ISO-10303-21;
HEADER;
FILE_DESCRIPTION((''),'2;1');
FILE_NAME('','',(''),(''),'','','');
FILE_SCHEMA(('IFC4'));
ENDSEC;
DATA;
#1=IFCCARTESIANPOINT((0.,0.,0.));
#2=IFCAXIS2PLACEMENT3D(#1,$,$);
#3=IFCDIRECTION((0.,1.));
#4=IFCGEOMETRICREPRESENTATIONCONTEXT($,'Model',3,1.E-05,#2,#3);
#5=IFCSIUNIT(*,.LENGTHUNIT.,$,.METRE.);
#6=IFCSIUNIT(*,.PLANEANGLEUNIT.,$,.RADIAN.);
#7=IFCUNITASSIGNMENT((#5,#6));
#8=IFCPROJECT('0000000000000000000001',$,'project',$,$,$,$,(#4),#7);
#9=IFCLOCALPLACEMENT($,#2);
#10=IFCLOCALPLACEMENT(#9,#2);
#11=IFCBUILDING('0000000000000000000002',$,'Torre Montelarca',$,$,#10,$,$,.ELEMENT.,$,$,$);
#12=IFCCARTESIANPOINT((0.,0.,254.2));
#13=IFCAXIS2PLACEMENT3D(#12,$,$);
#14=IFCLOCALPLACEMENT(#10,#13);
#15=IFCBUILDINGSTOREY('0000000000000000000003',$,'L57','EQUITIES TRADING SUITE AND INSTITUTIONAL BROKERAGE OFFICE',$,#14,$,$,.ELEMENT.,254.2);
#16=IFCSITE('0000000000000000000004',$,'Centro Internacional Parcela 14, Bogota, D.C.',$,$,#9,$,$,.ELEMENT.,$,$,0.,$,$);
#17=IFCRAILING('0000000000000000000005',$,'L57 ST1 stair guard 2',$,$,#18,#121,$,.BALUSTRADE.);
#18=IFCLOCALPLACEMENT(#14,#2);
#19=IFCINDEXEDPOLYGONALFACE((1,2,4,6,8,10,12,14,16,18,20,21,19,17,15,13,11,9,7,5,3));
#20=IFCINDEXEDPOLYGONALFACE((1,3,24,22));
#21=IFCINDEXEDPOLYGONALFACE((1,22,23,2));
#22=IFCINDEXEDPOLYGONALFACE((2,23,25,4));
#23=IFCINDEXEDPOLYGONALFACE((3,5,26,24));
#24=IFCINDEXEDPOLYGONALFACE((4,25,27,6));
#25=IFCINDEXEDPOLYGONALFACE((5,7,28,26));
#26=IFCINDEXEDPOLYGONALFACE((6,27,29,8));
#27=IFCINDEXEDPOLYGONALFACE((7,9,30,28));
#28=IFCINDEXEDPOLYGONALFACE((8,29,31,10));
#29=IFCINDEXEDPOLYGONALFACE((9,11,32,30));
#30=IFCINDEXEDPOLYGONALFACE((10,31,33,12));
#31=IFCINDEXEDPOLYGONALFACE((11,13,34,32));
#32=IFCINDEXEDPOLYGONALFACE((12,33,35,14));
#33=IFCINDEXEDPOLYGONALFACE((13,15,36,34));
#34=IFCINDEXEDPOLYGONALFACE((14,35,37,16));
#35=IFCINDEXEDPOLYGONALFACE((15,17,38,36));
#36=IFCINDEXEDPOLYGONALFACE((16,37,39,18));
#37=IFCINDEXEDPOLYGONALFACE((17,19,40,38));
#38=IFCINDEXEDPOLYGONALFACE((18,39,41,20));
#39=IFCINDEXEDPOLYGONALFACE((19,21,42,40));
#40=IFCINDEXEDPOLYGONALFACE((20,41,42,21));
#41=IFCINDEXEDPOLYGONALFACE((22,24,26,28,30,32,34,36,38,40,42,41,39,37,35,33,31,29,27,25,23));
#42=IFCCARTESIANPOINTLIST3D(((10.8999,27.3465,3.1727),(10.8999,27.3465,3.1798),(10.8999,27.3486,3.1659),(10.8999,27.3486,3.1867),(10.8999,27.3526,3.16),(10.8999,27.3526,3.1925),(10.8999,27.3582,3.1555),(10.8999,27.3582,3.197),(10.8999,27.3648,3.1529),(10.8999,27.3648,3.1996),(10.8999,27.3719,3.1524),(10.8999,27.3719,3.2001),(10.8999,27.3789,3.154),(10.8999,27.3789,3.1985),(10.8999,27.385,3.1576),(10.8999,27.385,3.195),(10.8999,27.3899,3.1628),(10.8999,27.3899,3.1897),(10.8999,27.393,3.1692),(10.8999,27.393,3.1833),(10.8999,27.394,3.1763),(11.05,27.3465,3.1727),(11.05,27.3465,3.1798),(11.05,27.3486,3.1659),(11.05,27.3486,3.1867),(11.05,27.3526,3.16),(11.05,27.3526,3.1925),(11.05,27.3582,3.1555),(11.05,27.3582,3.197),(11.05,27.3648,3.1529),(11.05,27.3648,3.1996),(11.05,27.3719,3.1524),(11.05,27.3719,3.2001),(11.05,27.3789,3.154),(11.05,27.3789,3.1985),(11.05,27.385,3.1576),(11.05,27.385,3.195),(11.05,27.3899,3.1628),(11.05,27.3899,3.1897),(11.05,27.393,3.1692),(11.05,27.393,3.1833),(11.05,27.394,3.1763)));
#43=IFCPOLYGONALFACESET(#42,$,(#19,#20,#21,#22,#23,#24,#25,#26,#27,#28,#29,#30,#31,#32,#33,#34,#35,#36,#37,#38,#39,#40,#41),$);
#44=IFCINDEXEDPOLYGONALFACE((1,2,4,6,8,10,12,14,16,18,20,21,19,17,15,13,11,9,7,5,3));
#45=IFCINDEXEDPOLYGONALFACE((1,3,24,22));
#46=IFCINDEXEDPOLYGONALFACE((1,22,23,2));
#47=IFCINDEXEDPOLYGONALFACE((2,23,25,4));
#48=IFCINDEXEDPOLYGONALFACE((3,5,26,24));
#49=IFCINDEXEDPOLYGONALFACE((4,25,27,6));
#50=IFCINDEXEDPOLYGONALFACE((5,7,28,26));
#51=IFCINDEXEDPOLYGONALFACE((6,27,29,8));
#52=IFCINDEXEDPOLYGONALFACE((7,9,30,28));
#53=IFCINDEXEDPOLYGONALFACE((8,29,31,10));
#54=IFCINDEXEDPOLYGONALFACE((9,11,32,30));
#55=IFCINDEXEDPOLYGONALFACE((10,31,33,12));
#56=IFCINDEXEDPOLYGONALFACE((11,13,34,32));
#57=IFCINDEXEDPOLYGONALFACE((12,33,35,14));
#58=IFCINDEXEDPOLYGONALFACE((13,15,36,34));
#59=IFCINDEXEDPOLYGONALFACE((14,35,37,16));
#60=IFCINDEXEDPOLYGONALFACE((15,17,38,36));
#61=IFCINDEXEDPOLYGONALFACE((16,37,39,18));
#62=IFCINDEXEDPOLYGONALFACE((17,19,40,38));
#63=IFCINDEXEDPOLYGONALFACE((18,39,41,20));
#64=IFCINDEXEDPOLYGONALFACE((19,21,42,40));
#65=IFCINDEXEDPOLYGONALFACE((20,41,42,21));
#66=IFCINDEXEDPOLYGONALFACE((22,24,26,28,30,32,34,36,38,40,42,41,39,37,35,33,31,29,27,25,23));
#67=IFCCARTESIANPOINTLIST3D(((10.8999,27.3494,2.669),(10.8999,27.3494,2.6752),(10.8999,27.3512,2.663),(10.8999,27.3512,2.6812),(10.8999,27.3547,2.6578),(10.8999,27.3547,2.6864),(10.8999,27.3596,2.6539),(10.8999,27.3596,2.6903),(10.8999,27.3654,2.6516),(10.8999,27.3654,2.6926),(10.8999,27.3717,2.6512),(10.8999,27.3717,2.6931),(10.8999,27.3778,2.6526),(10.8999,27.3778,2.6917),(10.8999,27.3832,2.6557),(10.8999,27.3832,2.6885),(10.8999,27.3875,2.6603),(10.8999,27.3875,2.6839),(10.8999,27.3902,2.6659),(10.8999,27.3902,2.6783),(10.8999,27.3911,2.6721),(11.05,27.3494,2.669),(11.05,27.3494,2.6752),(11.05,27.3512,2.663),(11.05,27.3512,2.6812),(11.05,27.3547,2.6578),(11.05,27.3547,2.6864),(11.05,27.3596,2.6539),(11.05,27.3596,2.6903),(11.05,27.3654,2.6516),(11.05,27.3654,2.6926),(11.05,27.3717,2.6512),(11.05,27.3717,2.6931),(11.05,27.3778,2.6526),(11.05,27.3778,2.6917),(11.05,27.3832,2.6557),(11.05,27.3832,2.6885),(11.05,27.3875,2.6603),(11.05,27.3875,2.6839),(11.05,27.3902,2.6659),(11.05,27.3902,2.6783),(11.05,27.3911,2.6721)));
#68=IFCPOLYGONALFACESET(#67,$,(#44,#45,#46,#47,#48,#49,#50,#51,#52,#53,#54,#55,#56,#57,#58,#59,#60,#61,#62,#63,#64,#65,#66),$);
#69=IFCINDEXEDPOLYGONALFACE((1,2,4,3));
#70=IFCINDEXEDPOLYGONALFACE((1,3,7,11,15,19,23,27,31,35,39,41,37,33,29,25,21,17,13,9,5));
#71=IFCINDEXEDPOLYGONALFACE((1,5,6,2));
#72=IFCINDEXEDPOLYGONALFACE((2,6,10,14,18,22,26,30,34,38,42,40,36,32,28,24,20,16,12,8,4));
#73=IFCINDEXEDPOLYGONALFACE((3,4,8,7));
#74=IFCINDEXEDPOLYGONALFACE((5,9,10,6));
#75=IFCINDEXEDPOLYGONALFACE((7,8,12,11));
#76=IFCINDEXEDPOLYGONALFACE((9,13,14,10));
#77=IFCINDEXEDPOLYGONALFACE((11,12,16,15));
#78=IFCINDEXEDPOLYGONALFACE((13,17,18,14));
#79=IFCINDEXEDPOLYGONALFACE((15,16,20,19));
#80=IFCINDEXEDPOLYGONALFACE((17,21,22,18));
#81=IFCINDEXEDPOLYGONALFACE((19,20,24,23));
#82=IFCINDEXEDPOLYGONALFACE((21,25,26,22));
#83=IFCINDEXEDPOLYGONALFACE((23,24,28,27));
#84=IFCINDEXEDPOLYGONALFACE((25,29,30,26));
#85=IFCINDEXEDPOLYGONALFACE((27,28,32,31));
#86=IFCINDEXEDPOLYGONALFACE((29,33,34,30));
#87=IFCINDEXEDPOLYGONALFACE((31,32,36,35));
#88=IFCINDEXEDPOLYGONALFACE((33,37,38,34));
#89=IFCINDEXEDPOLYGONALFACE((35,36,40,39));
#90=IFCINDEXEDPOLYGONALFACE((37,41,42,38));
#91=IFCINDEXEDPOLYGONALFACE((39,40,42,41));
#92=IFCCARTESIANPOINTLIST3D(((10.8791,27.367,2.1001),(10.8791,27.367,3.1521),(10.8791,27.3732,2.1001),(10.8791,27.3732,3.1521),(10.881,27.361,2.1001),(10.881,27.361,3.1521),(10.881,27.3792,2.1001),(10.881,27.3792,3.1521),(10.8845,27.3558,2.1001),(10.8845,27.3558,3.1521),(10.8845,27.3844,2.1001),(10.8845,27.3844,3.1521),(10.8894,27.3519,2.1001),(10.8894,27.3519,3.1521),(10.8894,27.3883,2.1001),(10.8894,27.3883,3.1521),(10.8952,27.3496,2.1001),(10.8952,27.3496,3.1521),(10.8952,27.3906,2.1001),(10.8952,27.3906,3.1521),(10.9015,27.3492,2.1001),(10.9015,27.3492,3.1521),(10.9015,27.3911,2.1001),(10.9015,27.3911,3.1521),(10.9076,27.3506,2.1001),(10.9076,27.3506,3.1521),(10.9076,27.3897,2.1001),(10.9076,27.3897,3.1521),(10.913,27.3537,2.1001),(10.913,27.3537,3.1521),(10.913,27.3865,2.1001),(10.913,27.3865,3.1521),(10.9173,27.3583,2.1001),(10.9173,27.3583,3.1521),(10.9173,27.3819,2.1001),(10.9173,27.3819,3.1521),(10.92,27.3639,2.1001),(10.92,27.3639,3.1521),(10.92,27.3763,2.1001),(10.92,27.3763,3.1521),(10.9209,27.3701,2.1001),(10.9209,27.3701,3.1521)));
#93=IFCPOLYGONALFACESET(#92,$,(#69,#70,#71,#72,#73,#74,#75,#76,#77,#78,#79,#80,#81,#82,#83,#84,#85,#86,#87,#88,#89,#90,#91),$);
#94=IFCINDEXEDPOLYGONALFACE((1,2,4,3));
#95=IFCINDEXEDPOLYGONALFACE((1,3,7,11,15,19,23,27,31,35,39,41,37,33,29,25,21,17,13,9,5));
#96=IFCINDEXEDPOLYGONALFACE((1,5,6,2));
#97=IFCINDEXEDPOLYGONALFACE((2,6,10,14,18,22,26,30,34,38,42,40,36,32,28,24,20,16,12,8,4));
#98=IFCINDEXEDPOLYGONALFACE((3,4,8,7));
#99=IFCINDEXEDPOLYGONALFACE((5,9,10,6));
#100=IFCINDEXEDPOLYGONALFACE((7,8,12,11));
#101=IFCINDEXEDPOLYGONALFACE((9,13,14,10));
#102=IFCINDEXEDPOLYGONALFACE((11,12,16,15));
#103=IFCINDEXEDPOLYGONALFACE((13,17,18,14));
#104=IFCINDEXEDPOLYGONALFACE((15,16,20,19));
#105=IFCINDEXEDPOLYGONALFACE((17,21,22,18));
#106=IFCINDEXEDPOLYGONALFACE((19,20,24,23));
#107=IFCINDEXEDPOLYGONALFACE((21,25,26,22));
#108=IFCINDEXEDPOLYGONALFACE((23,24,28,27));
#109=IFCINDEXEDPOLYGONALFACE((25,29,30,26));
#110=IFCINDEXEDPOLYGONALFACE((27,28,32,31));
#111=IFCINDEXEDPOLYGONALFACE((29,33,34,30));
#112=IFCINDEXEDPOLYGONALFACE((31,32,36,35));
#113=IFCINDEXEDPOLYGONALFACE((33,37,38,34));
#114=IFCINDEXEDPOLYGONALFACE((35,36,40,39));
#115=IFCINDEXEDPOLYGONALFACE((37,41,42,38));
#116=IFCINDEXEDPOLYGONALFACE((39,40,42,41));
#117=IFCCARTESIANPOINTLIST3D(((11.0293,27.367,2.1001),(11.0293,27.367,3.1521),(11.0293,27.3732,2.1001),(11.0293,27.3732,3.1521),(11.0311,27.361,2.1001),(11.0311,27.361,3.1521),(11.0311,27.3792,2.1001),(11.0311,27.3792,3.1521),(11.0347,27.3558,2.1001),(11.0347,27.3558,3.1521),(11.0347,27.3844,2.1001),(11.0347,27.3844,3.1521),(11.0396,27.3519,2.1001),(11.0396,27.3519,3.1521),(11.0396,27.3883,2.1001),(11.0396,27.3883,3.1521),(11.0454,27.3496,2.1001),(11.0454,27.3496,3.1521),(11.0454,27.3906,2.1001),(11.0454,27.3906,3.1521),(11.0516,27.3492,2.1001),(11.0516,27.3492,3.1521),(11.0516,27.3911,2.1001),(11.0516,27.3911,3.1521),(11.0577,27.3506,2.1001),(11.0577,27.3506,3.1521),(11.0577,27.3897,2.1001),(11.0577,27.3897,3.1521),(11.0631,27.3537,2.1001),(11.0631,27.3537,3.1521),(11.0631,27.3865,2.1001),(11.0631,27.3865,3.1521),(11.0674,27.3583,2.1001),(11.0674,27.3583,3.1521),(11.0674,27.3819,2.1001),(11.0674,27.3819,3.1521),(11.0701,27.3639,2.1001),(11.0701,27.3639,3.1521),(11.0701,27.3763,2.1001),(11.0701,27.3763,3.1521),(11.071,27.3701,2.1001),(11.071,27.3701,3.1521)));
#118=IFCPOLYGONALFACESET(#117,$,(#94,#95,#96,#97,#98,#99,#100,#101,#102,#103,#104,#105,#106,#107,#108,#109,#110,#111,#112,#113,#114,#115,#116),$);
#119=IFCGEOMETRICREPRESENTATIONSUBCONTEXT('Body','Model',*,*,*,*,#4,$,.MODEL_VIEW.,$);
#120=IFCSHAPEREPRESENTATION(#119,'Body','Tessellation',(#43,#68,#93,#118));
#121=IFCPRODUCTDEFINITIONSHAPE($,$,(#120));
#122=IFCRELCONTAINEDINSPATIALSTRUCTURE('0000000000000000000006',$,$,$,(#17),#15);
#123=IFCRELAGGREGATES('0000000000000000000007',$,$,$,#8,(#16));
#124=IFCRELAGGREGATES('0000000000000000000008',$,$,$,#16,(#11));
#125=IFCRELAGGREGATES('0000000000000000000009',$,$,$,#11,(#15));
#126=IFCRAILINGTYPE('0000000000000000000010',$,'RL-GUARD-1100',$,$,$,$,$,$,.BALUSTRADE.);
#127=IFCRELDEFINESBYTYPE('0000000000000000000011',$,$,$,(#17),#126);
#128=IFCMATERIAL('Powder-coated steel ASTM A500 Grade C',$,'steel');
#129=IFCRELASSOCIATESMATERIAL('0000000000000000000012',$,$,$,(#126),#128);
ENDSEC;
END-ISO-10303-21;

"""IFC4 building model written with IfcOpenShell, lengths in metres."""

from ifc_helpers import new_model, si_unit, direction, frame, origin, origin_2d, place, context, subcontext, project, spatial, circle, extrude, material, type_object, element, save


model = new_model("IFC4")

# Units and contexts
model_context = context("Model", 3, precision=1e-05, world=origin(), true_north=direction((0.0, 1.0)))
body_context = subcontext(model_context, "Body", "Model", "MODEL_VIEW")
ifc_project = project(units=[si_unit("LENGTHUNIT", "METRE"), si_unit("PLANEANGLEUNIT", "RADIAN")], contexts=[model_context])

# Site, building, storey
site_placement = place(None, origin())
site = spatial("IfcSite", under=ifc_project, at=site_placement, Name="Centro Internacional Parcela 14, Bogota, D.C.", CompositionType="ELEMENT", RefElevation=0.0)
building_placement = place(site_placement, origin())
building = spatial("IfcBuilding", under=site, at=building_placement, Name="Torre Montelarca", CompositionType="ELEMENT")
storey_placement = place(building_placement, frame((0.0, 0.0, 254.2)))
storey = spatial("IfcBuildingStorey", under=building, at=storey_placement, Name="L57", Description="EQUITIES TRADING SUITE AND INSTITUTIONAL BROKERAGE OFFICE", CompositionType="ELEMENT", Elevation=254.2)

# Railing
ifc_material_1 = material(Name="Powder-coated steel ASTM A500 Grade C", Category="steel")
railing_type_1 = type_object("IfcRailingType", Name="RL-GUARD-1100", PredefinedType="BALUSTRADE", material=ifc_material_1)
railing_1_placement = place(storey_placement, frame((10.8999, 27.3701, 2.1001)))
element("IfcRailing", 1, at=railing_1_placement, inside=storey, type_object=railing_type_1, Name="L57 ST1 stair guard 2", PredefinedType="BALUSTRADE", context=body_context, shape_type="SweptSolid", body=[
    extrude(circle(Radius=0.0239, at=origin_2d()), frame((0.0, 0.0, 1.0762), z_axis=(1.0, 0.0, 0.0), x_axis=(0.0, 1.0, 0.0)), (0.0, 0.0, 1.0), 0.1501),
    extrude(circle(Radius=0.021, at=origin_2d()), frame((0.0, 0.0, 0.572), z_axis=(1.0, 0.0, 0.0), x_axis=(0.0, 1.0, 0.0)), (0.0, 0.0, 1.0), 0.1501),
    extrude(circle(Radius=0.021, at=origin_2d()), origin(), (0.0, 0.0, 1.0), 1.052),
    extrude(circle(Radius=0.021, at=origin_2d()), frame((0.1501, 0.0, 0.0)), (0.0, 0.0, 1.0), 1.052),
])

save(model, "model.ifc")
